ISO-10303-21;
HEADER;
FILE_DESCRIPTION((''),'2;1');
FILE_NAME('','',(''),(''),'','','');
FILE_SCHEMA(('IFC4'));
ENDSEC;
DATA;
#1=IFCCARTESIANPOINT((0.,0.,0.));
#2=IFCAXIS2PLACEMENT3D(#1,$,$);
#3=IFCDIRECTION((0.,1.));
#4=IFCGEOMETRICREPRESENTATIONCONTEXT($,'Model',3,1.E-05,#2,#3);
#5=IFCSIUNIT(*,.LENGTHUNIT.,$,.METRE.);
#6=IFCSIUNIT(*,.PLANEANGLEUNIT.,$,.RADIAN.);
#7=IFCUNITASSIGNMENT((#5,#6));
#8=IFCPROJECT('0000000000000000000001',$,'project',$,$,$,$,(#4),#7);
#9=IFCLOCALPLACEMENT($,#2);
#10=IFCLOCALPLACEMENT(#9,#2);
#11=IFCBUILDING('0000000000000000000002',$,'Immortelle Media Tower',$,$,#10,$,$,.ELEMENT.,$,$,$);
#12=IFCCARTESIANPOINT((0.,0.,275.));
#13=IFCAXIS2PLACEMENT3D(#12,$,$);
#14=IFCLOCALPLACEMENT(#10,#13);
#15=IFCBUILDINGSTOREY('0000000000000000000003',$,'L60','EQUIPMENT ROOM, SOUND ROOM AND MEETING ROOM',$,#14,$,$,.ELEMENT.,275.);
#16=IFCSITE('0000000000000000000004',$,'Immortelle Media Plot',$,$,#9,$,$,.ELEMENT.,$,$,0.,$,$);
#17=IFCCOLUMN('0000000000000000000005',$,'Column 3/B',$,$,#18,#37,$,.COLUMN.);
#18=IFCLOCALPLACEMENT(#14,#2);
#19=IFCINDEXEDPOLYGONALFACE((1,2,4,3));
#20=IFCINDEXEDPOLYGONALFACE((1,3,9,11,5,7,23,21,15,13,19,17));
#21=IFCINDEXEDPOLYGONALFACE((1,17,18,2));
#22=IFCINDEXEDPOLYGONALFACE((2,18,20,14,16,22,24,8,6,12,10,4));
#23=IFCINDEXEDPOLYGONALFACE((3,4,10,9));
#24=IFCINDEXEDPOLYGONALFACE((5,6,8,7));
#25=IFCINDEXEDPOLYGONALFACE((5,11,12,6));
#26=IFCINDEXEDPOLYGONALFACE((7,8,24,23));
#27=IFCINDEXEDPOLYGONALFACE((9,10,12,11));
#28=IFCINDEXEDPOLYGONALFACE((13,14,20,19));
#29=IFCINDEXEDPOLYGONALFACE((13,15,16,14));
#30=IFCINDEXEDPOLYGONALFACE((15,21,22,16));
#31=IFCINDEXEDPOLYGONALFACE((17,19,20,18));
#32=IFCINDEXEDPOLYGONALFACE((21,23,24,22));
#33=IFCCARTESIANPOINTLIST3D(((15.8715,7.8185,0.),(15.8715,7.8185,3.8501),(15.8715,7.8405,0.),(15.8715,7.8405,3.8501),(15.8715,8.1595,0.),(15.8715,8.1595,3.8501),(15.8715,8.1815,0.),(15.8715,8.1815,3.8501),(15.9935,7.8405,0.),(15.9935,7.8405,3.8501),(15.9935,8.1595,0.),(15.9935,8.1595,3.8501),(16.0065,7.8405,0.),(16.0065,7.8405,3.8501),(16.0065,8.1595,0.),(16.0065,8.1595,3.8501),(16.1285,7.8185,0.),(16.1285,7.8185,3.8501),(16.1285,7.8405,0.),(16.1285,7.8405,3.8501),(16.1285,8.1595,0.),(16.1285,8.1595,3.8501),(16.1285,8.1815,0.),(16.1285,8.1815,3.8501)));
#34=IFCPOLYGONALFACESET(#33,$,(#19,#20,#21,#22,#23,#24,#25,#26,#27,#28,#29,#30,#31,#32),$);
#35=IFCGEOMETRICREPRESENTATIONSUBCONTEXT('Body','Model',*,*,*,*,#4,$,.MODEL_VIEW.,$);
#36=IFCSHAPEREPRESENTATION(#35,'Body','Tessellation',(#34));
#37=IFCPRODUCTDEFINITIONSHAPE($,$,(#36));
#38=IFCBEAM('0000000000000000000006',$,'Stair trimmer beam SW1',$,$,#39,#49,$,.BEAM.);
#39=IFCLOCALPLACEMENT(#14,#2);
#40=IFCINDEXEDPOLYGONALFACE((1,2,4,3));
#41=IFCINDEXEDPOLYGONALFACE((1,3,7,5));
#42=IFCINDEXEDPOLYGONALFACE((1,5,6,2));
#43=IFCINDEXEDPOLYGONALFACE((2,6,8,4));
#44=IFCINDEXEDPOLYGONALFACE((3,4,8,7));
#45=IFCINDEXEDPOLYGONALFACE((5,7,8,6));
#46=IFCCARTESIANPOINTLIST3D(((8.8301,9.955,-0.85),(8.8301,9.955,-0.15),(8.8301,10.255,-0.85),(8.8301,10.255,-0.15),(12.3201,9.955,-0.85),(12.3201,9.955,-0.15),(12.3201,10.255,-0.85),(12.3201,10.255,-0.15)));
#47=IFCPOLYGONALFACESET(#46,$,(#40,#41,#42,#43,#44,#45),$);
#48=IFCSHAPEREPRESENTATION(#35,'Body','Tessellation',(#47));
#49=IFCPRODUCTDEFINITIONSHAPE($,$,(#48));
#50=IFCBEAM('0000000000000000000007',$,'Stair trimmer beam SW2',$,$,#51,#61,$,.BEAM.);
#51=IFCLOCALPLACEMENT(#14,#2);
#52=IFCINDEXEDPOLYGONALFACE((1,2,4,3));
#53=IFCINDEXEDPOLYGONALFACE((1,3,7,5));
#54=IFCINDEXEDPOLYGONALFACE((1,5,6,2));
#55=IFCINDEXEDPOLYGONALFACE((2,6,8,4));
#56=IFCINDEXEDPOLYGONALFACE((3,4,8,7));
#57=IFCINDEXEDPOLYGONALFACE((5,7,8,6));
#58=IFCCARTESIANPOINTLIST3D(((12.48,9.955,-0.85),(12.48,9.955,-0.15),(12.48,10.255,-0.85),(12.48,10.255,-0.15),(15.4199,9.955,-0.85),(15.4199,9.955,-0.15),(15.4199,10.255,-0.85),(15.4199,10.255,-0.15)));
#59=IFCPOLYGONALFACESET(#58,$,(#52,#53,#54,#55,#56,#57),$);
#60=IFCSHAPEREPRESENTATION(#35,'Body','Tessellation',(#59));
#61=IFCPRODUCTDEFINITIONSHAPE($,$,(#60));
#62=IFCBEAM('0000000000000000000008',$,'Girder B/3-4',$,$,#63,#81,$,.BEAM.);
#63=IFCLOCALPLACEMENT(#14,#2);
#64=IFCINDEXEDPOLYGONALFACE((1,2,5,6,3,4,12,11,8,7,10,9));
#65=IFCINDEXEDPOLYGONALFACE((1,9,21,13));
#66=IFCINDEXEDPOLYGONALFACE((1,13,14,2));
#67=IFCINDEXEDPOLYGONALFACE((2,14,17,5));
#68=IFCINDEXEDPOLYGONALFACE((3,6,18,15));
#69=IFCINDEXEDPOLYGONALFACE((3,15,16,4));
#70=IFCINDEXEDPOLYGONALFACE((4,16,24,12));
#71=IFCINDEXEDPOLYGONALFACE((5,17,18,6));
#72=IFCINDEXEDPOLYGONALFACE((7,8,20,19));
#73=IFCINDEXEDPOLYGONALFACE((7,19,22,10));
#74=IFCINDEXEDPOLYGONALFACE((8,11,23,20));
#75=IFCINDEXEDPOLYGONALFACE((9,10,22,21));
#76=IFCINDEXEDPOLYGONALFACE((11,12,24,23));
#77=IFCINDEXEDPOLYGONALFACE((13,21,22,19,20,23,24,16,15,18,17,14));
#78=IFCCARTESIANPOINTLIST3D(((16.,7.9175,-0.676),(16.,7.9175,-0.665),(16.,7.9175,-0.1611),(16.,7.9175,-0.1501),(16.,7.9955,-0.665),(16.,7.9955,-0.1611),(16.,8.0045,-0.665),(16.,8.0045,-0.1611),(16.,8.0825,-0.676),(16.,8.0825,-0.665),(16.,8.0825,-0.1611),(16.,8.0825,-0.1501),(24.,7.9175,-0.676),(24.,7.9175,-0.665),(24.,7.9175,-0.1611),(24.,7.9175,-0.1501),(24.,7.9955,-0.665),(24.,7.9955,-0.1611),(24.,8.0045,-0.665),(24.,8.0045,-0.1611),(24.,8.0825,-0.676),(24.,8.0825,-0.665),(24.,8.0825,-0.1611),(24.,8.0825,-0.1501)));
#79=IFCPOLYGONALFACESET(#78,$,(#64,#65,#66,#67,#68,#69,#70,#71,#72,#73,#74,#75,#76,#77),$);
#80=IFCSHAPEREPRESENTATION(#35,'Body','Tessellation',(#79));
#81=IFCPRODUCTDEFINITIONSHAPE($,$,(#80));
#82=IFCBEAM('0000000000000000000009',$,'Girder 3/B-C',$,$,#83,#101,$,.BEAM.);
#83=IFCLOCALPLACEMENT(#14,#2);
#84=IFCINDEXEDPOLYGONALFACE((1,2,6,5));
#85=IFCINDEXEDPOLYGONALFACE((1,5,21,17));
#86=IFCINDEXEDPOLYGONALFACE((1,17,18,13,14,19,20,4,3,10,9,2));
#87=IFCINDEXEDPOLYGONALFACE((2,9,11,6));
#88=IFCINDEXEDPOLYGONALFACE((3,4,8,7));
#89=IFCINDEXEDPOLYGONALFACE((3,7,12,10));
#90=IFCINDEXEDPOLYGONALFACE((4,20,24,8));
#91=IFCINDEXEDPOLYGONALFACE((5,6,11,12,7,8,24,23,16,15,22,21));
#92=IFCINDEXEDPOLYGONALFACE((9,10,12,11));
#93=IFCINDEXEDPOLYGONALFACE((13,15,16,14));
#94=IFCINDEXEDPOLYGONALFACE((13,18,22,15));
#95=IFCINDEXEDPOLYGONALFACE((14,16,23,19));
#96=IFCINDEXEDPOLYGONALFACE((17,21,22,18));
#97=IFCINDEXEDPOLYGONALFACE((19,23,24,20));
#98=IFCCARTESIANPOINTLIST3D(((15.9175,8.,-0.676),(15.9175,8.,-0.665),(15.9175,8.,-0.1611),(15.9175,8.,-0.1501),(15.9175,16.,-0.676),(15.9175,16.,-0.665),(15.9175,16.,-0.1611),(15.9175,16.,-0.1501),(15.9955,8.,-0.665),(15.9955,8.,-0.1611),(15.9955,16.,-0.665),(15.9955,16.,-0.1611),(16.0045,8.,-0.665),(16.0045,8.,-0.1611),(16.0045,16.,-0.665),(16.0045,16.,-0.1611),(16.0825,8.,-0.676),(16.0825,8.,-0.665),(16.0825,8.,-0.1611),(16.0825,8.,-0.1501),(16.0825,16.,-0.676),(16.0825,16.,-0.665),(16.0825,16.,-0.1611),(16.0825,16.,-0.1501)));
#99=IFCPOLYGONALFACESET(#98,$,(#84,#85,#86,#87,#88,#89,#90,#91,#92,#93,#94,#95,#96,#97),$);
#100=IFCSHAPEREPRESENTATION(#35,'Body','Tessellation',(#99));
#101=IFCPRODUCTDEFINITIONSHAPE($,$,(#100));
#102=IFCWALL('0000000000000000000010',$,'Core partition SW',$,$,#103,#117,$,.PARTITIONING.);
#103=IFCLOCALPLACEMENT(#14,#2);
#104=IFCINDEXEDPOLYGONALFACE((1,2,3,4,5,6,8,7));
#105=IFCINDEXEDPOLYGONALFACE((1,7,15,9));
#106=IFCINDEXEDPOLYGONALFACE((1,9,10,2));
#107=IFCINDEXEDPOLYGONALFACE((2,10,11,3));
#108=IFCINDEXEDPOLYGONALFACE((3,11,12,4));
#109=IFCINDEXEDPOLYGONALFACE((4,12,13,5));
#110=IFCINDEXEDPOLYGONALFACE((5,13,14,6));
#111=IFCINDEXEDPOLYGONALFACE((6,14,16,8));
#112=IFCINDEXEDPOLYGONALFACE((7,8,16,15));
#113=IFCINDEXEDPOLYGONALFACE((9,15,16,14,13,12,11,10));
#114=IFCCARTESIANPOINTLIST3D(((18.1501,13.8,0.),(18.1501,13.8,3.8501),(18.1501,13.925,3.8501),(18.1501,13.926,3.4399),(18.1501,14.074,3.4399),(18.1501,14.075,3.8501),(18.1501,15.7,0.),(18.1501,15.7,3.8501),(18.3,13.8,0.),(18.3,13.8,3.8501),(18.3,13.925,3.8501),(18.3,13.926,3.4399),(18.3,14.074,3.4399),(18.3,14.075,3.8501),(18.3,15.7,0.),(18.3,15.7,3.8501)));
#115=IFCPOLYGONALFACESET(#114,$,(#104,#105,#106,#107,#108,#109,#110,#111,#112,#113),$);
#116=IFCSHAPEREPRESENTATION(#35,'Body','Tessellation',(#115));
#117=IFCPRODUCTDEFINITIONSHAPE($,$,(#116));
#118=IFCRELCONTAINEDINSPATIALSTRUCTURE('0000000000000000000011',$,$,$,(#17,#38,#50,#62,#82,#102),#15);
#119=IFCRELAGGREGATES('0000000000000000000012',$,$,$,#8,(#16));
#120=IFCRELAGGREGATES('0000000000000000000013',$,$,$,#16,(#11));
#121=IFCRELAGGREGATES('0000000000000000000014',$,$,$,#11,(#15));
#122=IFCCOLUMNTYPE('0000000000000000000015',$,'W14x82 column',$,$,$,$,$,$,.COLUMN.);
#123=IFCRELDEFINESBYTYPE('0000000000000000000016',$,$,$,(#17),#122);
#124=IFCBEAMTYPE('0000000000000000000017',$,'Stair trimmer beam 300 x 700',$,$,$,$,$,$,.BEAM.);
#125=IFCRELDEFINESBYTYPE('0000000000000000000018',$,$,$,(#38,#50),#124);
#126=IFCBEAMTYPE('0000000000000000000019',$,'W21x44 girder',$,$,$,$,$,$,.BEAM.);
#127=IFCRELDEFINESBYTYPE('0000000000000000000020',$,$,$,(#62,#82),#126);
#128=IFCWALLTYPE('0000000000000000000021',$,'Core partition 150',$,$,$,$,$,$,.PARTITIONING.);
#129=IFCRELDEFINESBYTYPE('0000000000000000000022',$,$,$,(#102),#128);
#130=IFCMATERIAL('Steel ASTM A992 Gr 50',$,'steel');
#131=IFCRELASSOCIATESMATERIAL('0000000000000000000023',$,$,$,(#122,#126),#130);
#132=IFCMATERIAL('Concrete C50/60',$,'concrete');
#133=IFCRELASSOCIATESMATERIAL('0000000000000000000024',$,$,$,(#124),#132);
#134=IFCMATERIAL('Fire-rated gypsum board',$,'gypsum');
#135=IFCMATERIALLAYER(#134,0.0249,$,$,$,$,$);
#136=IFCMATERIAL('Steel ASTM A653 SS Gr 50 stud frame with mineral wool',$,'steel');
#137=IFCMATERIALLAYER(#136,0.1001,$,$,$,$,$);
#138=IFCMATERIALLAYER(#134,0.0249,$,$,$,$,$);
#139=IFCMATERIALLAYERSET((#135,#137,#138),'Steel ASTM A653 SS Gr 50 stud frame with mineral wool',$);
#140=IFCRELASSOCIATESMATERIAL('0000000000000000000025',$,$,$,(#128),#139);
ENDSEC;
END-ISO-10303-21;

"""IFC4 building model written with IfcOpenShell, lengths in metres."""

from ifc_helpers import new_model, si_unit, direction, frame, origin, origin_2d, place, context, subcontext, project, spatial, polyline, rectangle, i_section, outline, extrude, material, layer, layer_set, material_profile, profile_set, type_object, element, save


model = new_model("IFC4")

# Units and contexts
model_context = context("Model", 3, precision=1e-05, world=origin(), true_north=direction((0.0, 1.0)))
body_context = subcontext(model_context, "Body", "Model", "MODEL_VIEW")
ifc_project = project(units=[si_unit("LENGTHUNIT", "METRE"), si_unit("PLANEANGLEUNIT", "RADIAN")], contexts=[model_context])

# Site, building, storey
site_placement = place(None, origin())
site = spatial("IfcSite", under=ifc_project, at=site_placement, Name="Immortelle Media Plot", CompositionType="ELEMENT", RefElevation=0.0)
building_placement = place(site_placement, origin())
building = spatial("IfcBuilding", under=site, at=building_placement, Name="Immortelle Media Tower", CompositionType="ELEMENT")
storey_placement = place(building_placement, frame((0.0, 0.0, 275.0)))
storey = spatial("IfcBuildingStorey", under=building, at=storey_placement, Name="L60", Description="EQUIPMENT ROOM, SOUND ROOM AND MEETING ROOM", CompositionType="ELEMENT", Elevation=275.0)

# Column
ifc_material_1 = material(Name="Steel ASTM A992 Gr 50", Category="steel")
ifc_material_profile_1 = material_profile(ifc_material_1, i_section(OverallWidth=0.2571, OverallDepth=0.363, WebThickness=0.0129, FlangeThickness=0.022, at=origin_2d()), Name="W14x82")
ifc_profile_set_1 = profile_set([ifc_material_profile_1], Name="Steel ASTM A992 Gr 50")
column_type = type_object("IfcColumnType", Name="W14x82 column", PredefinedType="COLUMN", material=ifc_profile_set_1)
column_placement = place(storey_placement, frame((16.0, 8.0, 0.0), z_axis=(0.0, 0.0, 1.0), x_axis=(1.0, 0.0, 0.0)))
element("IfcColumn", 1, at=column_placement, inside=storey, type_object=column_type, Name="Column 3/B", PredefinedType="COLUMN", context=body_context, shape_type="SweptSolid", body=[
    extrude(i_section(OverallWidth=0.2571, OverallDepth=0.363, WebThickness=0.0129, FlangeThickness=0.022, at=origin_2d()), origin(), (0.0, 0.0, 1.0), 3.8501),
])

# Beams
ifc_material_2 = material(Name="Concrete C50/60", Category="concrete")
ifc_material_profile_2 = material_profile(ifc_material_2, rectangle(XDim=0.3, YDim=0.7, at=origin_2d()), Name="RC 300x700")
ifc_profile_set_2 = profile_set([ifc_material_profile_2], Name="Concrete C50/60")
beam_type_1 = type_object("IfcBeamType", Name="Stair trimmer beam 300 x 700", PredefinedType="BEAM", material=ifc_profile_set_2)
beam_1_placement = place(storey_placement, frame((8.8301, 10.105, -0.5), z_axis=(1.0, 0.0, 0.0), x_axis=(0.0, 1.0, 0.0)))
element("IfcBeam", 2, at=beam_1_placement, inside=storey, type_object=beam_type_1, Name="Stair trimmer beam SW1", PredefinedType="BEAM", context=body_context, shape_type="SweptSolid", body=[
    extrude(rectangle(XDim=0.3, YDim=0.7, at=origin_2d()), origin(), (0.0, 0.0, 1.0), 3.49),
])
beam_2_placement = place(storey_placement, frame((12.48, 10.105, -0.5), z_axis=(1.0, 0.0, 0.0), x_axis=(0.0, 1.0, 0.0)))
element("IfcBeam", 3, at=beam_2_placement, inside=storey, type_object=beam_type_1, Name="Stair trimmer beam SW2", PredefinedType="BEAM", context=body_context, shape_type="SweptSolid", body=[
    extrude(rectangle(XDim=0.3, YDim=0.7, at=origin_2d()), origin(), (0.0, 0.0, 1.0), 2.9399),
])
ifc_material_profile_3 = material_profile(ifc_material_1, i_section(OverallWidth=0.165, OverallDepth=0.5259, WebThickness=0.009, FlangeThickness=0.011, at=origin_2d()), Name="W21x44")
ifc_profile_set_3 = profile_set([ifc_material_profile_3], Name="Steel ASTM A992 Gr 50")
beam_type_2 = type_object("IfcBeamType", Name="W21x44 girder", PredefinedType="BEAM", material=ifc_profile_set_3)
for number, where, z_axis, x_axis, name in (
    (4, (16.0, 8.0, -0.4131), (1.0, 0.0, 0.0), (0.0, 1.0, 0.0), "Girder B/3-4"),
    (5, (16.0, 8.0, -0.4131), (0.0, 1.0, 0.0), (-1.0, 0.0, 0.0), "Girder 3/B-C"),
):
    element("IfcBeam", number, at=place(storey_placement, frame(where, z_axis=z_axis, x_axis=x_axis)), inside=storey, type_object=beam_type_2, Name=name, PredefinedType="BEAM", context=body_context, shape_type="SweptSolid", body=[
        extrude(i_section(OverallWidth=0.165, OverallDepth=0.5259, WebThickness=0.009, FlangeThickness=0.011, at=origin_2d()), origin(), (0.0, 0.0, 1.0), 8.0),
    ])

# Wall
ifc_material_3 = material(Name="Fire-rated gypsum board", Category="gypsum")
ifc_layer_1 = layer(ifc_material_3, 0.0249)
ifc_material_4 = material(Name="Steel ASTM A653 SS Gr 50 stud frame with mineral wool", Category="steel")
ifc_layer_2 = layer(ifc_material_4, 0.1001)
ifc_layer_3 = layer(ifc_material_3, 0.0249)
ifc_layer_set_1 = layer_set([ifc_layer_1, ifc_layer_2, ifc_layer_3], Name="Steel ASTM A653 SS Gr 50 stud frame with mineral wool")
wall_type_1 = type_object("IfcWallType", Name="Core partition 150", PredefinedType="PARTITIONING", material=ifc_layer_set_1)
wall_1_placement = place(storey_placement, frame((18.2251, 13.8, 0.0), z_axis=(0.0, 0.0, 1.0), x_axis=(0.0, 1.0, 0.0)))
element("IfcWall", 6, at=wall_1_placement, inside=storey, type_object=wall_type_1, Name="Core partition SW", PredefinedType="PARTITIONING", context=body_context, shape_type="SweptSolid", body=[
    extrude(outline(polyline([(0.0, 0.0), (1.8999, 0.0), (1.8999, 3.8501), (0.2749, 3.8501), (0.2739, 3.4399), (0.126, 3.4399), (0.125, 3.8501), (0.0, 3.8501), (0.0, 0.0)])), frame((0.0, 0.075, 0.0), z_axis=(0.0, -1.0, 0.0), x_axis=(1.0, 0.0, 0.0)), (0.0, 0.0, 1.0), 0.1499),
])

save(model, "model.ifc")
